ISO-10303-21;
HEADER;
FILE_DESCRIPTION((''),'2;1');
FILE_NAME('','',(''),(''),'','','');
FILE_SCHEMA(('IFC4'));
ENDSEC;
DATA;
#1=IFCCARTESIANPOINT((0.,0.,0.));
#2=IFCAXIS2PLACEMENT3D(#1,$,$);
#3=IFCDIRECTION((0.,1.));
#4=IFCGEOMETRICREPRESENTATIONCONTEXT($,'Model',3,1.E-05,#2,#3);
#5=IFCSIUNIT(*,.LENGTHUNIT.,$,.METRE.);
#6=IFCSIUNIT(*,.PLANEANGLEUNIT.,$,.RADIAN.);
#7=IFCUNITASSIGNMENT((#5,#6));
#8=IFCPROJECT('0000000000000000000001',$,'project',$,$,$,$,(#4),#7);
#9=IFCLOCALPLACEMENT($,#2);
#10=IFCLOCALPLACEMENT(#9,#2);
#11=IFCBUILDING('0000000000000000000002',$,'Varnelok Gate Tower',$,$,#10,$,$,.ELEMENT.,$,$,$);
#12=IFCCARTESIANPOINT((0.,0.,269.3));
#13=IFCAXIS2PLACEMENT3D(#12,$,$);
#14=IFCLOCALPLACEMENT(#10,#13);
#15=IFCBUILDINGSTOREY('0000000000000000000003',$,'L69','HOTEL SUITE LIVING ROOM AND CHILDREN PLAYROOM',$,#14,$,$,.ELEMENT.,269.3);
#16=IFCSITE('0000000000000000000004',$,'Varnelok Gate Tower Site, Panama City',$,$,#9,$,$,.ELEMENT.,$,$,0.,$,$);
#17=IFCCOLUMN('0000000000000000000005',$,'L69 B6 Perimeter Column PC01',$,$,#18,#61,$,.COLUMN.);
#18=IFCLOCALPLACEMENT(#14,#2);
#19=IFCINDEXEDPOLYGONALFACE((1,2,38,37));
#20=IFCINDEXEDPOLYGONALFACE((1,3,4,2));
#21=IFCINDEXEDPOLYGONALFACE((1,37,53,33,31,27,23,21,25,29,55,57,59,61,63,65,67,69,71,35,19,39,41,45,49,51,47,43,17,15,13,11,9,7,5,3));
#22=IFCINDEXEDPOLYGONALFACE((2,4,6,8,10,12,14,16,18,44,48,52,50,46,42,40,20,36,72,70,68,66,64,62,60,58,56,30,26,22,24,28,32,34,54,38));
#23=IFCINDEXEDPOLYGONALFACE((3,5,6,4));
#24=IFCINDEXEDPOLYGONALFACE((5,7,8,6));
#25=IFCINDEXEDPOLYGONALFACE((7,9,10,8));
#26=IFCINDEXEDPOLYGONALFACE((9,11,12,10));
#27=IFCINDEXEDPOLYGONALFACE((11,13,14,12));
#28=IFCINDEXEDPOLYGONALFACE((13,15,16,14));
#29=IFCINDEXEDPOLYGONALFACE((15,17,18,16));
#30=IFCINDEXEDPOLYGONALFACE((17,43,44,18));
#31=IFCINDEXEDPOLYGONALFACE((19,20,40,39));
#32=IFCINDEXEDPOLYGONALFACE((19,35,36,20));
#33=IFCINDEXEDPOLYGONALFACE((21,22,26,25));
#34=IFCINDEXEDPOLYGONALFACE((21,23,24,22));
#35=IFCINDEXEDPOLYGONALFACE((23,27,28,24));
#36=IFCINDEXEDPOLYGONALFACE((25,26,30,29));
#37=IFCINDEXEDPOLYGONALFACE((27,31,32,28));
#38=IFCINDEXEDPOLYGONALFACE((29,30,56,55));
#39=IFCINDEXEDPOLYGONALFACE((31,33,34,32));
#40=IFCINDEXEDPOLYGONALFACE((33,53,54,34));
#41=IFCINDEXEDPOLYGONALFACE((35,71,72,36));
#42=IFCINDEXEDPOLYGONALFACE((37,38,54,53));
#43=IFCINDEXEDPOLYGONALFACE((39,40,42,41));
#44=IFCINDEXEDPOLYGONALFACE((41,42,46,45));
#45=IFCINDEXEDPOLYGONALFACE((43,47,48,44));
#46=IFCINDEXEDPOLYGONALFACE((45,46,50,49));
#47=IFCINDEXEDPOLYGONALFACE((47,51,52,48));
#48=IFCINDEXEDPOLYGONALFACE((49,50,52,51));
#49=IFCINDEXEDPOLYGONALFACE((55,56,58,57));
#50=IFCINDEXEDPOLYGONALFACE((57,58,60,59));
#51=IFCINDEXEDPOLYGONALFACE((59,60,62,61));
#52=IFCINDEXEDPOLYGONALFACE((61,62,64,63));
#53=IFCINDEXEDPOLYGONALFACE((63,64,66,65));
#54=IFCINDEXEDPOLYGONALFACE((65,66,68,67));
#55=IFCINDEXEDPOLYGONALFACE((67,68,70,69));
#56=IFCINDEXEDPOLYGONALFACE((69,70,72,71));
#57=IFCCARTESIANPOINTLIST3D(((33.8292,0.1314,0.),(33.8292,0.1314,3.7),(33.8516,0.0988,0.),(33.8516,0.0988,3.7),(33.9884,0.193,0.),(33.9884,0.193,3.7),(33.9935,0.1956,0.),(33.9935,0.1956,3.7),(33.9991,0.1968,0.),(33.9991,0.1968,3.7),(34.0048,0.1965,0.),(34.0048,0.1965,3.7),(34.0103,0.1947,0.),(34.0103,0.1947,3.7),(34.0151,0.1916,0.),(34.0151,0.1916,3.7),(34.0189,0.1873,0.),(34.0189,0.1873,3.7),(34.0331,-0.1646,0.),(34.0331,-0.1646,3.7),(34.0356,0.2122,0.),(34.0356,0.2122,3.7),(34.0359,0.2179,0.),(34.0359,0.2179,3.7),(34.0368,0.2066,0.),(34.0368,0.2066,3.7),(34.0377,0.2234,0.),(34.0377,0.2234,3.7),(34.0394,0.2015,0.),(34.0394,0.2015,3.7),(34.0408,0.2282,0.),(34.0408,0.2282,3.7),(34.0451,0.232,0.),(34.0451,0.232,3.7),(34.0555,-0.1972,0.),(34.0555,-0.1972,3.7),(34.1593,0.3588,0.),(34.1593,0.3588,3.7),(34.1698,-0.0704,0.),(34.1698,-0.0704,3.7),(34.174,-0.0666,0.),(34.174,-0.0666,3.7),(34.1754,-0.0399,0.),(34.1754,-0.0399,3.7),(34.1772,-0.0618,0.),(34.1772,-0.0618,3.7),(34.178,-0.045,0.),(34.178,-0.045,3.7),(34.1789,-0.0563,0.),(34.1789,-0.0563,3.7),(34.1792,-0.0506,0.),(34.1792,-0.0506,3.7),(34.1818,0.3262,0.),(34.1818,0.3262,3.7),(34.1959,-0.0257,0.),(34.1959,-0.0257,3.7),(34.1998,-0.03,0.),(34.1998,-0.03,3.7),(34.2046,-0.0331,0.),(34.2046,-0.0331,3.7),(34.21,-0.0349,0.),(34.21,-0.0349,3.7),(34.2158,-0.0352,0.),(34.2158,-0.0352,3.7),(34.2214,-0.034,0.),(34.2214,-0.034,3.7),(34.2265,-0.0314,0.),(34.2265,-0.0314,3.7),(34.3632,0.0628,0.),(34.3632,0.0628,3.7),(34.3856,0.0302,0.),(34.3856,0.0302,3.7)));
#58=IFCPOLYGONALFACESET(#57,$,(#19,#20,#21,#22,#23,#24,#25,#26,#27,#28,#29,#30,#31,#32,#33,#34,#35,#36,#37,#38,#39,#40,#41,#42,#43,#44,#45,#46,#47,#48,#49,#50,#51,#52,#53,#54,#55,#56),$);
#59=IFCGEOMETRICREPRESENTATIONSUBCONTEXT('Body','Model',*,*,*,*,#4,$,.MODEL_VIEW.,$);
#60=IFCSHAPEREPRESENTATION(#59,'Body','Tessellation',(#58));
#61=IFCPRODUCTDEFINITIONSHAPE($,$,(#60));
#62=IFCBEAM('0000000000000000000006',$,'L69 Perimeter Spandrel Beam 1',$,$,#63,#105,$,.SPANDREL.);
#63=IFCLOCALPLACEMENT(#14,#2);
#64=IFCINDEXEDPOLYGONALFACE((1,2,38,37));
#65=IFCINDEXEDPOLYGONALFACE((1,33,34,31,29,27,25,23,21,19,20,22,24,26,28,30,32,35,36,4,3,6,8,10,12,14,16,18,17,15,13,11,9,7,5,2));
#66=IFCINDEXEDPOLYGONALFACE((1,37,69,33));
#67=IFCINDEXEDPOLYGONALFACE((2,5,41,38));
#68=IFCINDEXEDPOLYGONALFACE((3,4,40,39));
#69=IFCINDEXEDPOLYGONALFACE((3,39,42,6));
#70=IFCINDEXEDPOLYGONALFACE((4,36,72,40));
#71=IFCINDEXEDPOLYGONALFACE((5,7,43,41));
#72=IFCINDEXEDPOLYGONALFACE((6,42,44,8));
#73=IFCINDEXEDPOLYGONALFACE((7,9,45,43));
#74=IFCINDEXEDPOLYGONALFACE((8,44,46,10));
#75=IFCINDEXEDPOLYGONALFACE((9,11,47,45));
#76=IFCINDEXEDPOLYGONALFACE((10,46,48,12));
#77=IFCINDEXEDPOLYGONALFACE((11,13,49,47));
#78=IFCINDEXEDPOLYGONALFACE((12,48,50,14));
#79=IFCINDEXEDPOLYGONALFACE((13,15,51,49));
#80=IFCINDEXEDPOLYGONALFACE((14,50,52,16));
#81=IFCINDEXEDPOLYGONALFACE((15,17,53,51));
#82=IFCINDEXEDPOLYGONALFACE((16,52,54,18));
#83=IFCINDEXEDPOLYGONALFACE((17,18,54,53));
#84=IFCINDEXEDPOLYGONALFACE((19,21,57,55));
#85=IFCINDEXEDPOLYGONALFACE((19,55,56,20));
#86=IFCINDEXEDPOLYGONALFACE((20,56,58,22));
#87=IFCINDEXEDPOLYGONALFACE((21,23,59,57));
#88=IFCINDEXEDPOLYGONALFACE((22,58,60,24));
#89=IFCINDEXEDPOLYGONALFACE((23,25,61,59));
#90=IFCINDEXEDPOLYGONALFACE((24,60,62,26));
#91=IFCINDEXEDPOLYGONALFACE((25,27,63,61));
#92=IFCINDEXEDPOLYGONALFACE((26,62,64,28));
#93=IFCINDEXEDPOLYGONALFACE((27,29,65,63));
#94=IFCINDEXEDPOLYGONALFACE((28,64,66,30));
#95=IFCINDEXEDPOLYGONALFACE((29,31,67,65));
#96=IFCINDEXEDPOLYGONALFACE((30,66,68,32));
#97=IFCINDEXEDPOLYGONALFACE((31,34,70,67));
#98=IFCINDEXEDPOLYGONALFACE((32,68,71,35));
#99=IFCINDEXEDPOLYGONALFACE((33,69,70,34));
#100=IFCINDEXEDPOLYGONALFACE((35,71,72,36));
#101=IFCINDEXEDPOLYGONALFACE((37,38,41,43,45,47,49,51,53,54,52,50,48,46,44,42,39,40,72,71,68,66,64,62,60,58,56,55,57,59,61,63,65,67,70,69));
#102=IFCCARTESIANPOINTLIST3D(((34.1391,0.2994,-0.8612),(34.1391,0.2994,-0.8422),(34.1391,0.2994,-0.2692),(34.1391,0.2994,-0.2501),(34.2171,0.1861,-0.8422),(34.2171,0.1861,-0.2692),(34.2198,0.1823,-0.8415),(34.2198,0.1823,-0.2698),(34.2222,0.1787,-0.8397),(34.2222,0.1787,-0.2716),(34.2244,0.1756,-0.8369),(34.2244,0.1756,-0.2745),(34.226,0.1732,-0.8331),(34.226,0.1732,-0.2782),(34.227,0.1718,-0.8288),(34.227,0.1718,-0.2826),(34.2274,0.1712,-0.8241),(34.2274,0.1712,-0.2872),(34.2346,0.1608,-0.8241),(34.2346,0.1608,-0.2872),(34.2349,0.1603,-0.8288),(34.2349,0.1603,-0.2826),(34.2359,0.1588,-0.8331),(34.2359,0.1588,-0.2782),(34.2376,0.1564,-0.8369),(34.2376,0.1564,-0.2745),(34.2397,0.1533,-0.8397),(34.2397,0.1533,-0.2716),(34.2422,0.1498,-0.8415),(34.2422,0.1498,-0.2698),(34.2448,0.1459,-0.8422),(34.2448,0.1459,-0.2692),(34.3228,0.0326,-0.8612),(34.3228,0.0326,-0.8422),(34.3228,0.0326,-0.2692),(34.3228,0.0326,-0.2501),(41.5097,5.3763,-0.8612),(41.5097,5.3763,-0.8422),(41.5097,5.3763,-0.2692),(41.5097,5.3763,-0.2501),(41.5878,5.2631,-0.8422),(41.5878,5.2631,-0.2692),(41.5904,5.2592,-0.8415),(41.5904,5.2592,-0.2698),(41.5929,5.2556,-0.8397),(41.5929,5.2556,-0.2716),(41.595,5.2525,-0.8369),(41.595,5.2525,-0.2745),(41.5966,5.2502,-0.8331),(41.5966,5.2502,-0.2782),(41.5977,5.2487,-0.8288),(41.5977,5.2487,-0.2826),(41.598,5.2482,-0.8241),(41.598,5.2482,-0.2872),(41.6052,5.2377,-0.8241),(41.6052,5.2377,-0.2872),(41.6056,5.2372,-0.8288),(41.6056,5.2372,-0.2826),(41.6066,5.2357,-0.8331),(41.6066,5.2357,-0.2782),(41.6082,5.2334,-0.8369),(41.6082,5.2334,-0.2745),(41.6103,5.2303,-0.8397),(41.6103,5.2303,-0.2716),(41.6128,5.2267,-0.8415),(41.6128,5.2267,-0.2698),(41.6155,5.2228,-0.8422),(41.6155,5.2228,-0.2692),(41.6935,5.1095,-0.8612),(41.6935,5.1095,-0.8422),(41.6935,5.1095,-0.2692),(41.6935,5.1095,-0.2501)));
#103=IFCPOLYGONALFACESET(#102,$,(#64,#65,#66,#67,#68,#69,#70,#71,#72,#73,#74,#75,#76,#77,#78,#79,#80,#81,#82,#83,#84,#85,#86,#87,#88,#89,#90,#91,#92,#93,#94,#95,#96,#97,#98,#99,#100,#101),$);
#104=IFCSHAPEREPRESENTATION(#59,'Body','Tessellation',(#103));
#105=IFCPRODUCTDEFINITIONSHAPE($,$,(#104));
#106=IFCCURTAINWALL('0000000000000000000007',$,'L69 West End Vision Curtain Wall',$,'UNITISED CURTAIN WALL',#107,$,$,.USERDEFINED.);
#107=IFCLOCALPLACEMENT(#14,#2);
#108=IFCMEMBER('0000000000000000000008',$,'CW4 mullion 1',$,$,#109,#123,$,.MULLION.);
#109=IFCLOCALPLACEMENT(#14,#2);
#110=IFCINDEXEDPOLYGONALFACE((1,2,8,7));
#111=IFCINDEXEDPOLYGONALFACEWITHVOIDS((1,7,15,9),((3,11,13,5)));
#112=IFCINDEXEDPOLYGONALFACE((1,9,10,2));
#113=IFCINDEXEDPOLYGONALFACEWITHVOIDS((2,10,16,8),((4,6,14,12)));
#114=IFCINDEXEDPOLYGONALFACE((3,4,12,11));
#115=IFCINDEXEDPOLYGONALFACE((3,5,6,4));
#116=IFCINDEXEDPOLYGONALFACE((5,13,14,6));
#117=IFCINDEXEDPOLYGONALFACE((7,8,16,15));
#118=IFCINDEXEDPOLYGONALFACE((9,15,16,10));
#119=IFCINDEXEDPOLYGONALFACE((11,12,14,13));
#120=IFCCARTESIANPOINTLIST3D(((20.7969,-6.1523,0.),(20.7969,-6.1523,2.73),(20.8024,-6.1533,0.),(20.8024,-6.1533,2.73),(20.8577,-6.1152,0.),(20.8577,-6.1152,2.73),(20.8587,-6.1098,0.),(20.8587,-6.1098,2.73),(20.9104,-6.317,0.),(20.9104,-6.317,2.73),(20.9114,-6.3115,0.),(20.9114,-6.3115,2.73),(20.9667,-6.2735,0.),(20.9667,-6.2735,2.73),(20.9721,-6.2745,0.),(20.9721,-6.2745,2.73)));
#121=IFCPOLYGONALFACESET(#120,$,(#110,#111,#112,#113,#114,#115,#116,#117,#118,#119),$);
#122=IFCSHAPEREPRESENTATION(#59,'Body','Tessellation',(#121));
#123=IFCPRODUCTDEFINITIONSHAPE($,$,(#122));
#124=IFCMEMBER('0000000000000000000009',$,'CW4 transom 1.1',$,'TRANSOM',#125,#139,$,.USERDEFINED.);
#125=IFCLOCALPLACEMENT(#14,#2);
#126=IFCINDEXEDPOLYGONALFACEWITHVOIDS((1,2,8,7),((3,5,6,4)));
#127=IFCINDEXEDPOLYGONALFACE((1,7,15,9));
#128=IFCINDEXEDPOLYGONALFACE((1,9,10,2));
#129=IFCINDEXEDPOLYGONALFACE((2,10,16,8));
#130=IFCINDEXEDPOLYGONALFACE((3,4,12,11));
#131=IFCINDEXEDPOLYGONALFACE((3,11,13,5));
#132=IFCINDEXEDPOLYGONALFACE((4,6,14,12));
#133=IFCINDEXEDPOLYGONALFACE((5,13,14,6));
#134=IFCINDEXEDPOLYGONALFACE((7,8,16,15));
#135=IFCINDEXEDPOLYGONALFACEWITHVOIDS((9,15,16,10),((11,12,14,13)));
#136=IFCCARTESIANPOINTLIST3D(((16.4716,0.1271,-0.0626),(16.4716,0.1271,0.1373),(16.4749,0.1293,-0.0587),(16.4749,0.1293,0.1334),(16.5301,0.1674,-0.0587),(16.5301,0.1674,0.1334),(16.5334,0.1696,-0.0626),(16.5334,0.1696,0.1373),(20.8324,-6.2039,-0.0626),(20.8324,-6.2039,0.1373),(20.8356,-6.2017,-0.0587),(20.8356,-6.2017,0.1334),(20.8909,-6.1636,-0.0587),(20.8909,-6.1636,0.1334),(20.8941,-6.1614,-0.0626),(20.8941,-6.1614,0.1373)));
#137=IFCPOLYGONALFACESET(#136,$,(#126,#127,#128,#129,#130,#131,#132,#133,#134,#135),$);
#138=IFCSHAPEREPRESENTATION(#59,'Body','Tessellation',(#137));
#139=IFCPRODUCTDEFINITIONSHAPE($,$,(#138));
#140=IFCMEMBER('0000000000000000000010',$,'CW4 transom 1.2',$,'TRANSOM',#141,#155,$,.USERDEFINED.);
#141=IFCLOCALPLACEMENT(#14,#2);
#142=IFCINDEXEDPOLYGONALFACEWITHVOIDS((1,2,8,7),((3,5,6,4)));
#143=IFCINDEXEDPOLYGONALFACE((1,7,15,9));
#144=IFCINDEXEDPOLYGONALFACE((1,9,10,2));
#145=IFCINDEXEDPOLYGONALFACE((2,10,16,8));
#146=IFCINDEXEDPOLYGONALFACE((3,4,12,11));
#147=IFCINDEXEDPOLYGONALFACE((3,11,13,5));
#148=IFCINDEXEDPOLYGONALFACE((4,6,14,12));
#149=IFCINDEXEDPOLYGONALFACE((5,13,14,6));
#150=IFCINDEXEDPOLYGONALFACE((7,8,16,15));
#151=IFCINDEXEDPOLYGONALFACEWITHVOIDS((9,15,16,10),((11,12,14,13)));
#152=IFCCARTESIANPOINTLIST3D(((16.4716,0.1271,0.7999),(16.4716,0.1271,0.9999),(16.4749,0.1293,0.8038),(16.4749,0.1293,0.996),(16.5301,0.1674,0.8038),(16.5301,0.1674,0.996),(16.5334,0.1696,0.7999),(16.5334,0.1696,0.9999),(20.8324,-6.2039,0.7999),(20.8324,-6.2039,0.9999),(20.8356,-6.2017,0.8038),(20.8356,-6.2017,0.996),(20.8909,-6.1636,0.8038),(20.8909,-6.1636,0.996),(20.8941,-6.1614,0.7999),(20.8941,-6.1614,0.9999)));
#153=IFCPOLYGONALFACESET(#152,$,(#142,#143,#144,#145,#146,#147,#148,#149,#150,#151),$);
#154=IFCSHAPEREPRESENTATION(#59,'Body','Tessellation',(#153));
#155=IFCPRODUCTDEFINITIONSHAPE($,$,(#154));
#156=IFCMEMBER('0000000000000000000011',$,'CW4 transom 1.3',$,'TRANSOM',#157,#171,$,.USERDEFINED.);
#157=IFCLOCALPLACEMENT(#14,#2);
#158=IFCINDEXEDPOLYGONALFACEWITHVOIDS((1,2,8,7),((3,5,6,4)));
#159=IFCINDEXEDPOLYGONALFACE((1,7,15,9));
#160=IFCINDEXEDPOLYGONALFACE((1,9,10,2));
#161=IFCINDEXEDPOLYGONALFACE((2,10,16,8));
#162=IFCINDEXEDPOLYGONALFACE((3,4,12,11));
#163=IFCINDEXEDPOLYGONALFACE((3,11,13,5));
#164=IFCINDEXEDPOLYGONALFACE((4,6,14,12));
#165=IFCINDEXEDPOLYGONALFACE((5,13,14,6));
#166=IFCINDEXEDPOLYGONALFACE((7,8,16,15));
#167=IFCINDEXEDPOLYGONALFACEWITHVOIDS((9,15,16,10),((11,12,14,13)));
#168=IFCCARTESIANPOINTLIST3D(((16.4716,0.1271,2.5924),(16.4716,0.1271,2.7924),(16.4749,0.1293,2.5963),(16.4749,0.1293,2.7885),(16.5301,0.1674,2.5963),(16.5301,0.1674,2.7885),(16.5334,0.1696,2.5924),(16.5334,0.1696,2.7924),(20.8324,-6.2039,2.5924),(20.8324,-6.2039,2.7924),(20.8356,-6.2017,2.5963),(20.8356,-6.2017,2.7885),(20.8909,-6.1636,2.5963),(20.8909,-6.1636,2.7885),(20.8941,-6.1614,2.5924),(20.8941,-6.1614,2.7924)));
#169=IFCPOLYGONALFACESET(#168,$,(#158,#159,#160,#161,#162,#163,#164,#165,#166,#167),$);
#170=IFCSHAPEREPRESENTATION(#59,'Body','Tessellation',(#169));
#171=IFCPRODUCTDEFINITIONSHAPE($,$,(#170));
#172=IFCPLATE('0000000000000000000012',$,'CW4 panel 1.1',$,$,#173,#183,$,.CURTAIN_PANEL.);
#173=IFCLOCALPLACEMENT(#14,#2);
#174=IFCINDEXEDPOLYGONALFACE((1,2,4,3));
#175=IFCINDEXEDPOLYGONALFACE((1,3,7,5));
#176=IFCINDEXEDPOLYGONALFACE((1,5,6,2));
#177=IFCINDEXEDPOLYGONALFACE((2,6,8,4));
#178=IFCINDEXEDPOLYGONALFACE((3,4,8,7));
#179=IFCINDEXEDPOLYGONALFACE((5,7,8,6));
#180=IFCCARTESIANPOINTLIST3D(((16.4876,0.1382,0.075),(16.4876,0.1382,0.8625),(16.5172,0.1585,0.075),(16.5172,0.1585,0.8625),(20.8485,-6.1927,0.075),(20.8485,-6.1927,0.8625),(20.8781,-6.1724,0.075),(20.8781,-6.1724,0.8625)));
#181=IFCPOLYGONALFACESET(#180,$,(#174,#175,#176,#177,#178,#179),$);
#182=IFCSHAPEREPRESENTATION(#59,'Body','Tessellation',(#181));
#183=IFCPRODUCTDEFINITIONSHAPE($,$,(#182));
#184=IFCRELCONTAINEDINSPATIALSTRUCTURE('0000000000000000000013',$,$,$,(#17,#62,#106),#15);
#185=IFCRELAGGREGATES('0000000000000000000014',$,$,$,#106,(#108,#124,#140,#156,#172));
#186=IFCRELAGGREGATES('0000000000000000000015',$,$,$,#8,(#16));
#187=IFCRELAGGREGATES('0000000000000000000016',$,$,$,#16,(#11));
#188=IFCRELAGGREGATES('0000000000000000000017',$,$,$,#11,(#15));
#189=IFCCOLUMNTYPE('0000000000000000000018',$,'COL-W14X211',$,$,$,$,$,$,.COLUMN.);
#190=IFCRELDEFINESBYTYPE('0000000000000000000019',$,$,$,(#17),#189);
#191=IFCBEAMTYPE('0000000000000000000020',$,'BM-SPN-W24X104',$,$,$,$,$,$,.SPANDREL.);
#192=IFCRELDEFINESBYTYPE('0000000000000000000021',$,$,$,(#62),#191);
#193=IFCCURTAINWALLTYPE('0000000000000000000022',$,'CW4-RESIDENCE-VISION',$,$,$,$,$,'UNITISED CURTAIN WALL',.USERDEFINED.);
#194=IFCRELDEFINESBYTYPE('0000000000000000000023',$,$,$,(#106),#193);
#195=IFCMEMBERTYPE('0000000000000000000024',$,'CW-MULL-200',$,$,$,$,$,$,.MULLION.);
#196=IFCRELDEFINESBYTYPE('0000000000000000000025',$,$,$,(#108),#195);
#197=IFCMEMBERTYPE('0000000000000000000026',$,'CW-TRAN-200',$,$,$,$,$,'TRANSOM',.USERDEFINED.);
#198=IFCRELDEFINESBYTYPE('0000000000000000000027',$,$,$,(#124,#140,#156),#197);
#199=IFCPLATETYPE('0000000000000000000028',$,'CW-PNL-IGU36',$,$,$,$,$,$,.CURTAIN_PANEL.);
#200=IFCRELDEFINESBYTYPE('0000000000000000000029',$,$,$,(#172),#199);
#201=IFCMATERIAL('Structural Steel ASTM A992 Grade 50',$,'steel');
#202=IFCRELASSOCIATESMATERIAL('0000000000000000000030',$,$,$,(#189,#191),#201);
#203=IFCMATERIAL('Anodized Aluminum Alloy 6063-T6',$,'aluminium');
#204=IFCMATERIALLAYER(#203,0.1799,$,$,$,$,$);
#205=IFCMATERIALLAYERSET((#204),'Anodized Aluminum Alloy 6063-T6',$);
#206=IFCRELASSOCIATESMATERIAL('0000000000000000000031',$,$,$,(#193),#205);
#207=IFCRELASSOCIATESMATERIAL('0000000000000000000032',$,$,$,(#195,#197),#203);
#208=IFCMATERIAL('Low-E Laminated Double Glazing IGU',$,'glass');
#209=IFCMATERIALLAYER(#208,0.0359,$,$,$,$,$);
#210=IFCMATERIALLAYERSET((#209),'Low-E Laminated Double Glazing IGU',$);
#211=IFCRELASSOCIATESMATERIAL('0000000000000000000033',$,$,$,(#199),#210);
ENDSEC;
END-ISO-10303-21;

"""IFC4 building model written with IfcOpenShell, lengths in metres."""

from ifc_helpers import new_model, si_unit, direction, frame, origin, origin_2d, place, context, subcontext, project, spatial, rectangle, hollow_rectangle, i_section, extrude, source, transform, mapped, material, layer, layer_set, material_profile, profile_set, type_object, element, aggregate, save


model = new_model("IFC4")

# Units and contexts
model_context = context("Model", 3, precision=1e-05, world=origin(), true_north=direction((0.0, 1.0)))
body_context = subcontext(model_context, "Body", "Model", "MODEL_VIEW")
ifc_project = project(units=[si_unit("LENGTHUNIT", "METRE"), si_unit("PLANEANGLEUNIT", "RADIAN")], contexts=[model_context])

# Site, building, storey
site_placement = place(None, origin())
site = spatial("IfcSite", under=ifc_project, at=site_placement, Name="Varnelok Gate Tower Site, Panama City", CompositionType="ELEMENT", RefElevation=0.0)
building_placement = place(site_placement, origin())
building = spatial("IfcBuilding", under=site, at=building_placement, Name="Varnelok Gate Tower", CompositionType="ELEMENT")
storey_placement = place(building_placement, frame((0.0, 0.0, 269.3)))
storey = spatial("IfcBuildingStorey", under=building, at=storey_placement, Name="L69", Description="HOTEL SUITE LIVING ROOM AND CHILDREN PLAYROOM", CompositionType="ELEMENT", Elevation=269.3)

# Column
ifc_material_1 = material(Name="Structural Steel ASTM A992 Grade 50", Category="steel")
ifc_material_profile_1 = material_profile(ifc_material_1, i_section(OverallWidth=0.4009, OverallDepth=0.3989, WebThickness=0.0249, FlangeThickness=0.0396, FilletRadius=0.022, at=origin_2d()), Name="W14X211")
ifc_profile_set_1 = profile_set([ifc_material_profile_1], Name="Structural Steel ASTM A992 Grade 50")
column_type = type_object("IfcColumnType", Name="COL-W14X211", PredefinedType="COLUMN", material=ifc_profile_set_1)
column_placement = place(storey_placement, frame((34.1074, 0.0808, 0.0), z_axis=(0.0, 0.0, 1.0), x_axis=(0.823533, 0.567269, 0.0)))
element("IfcColumn", 1, at=column_placement, inside=storey, type_object=column_type, Name="L69 B6 Perimeter Column PC01", PredefinedType="COLUMN", context=body_context, shape_type="SweptSolid", body=[
    extrude(i_section(OverallWidth=0.4009, OverallDepth=0.3989, WebThickness=0.0249, FlangeThickness=0.0396, FilletRadius=0.022, at=origin_2d()), origin(), (0.0, 0.0, 1.0), 3.7),
])

# Beam
ifc_material_profile_2 = material_profile(ifc_material_1, i_section(OverallWidth=0.324, OverallDepth=0.6111, WebThickness=0.0127, FlangeThickness=0.019, FilletRadius=0.0181, at=origin_2d()), Name="W24X104")
ifc_profile_set_2 = profile_set([ifc_material_profile_2], Name="Structural Steel ASTM A992 Grade 50")
beam_type = type_object("IfcBeamType", Name="BM-SPN-W24X104", PredefinedType="SPANDREL", material=ifc_profile_set_2)
beam_placement = place(storey_placement, frame((34.231, 0.166, -0.5557), z_axis=(0.82354, 0.567258, 0.0), x_axis=(-0.567258, 0.82354, 0.0)))
element("IfcBeam", 2, at=beam_placement, inside=storey, type_object=beam_type, Name="L69 Perimeter Spandrel Beam 1", PredefinedType="SPANDREL", context=body_context, shape_type="SweptSolid", body=[
    extrude(i_section(OverallWidth=0.324, OverallDepth=0.6111, WebThickness=0.0127, FlangeThickness=0.019, FilletRadius=0.0181, at=origin_2d()), origin(), (0.0, 0.0, 1.0), 8.95),
])

# Curtain wall, members, plate
ifc_material_2 = material(Name="Anodized Aluminum Alloy 6063-T6", Category="aluminium")
ifc_layer_1 = layer(ifc_material_2, 0.1799)
ifc_layer_set_1 = layer_set([ifc_layer_1], Name="Anodized Aluminum Alloy 6063-T6")
curtain_wall_type = type_object("IfcCurtainWallType", Name="CW4-RESIDENCE-VISION", ElementType="UNITISED CURTAIN WALL", PredefinedType="USERDEFINED", material=ifc_layer_set_1)
curtain_wall_placement = place(storey_placement, origin())
curtain_wall = element("IfcCurtainWall", 3, at=curtain_wall_placement, inside=storey, type_object=curtain_wall_type, Name="L69 West End Vision Curtain Wall", ObjectType="UNITISED CURTAIN WALL", PredefinedType="USERDEFINED")
ifc_material_profile_3 = material_profile(ifc_material_2, hollow_rectangle(XDim=0.075, YDim=0.2, WallThickness=0.0039, at=origin_2d()), Name="ALU200X75X4")
ifc_profile_set_3 = profile_set([ifc_material_profile_3], Name="Anodized Aluminum Alloy 6063-T6")
member_type_1 = type_object("IfcMemberType", Name="CW-MULL-200", PredefinedType="MULLION", material=ifc_profile_set_3)
member_1_placement = place(storey_placement, frame((20.8845, -6.2134, 0.0), z_axis=(0.0, 0.0, 1.0), x_axis=(-0.823532, -0.567269, 0.0)))
member_1 = element("IfcMember", 4, at=member_1_placement, type_object=member_type_1, Name="CW4 mullion 1", PredefinedType="MULLION", context=body_context, shape_type="SweptSolid", body=[
    extrude(hollow_rectangle(XDim=0.075, YDim=0.2, WallThickness=0.0039, at=origin_2d()), origin(), (0.0, 0.0, 1.0), 2.73),
])
ifc_material_profile_4 = material_profile(ifc_material_2, hollow_rectangle(XDim=0.075, YDim=0.2, WallThickness=0.0039, at=origin_2d()), Name="ALU200X75X4")
ifc_profile_set_4 = profile_set([ifc_material_profile_4], Name="Anodized Aluminum Alloy 6063-T6")
member_type_2 = type_object("IfcMemberType", Name="CW-TRAN-200", ElementType="TRANSOM", PredefinedType="USERDEFINED", material=ifc_profile_set_4)
member_2_placement = place(storey_placement, frame((20.8633, -6.1826, 0.0374), z_axis=(-0.567256, 0.823541, 0.0), x_axis=(-0.823541, -0.567256, 0.0)))
member_2 = element("IfcMember", 5, at=member_2_placement, type_object=member_type_2, Name="CW4 transom 1.1", ObjectType="TRANSOM", PredefinedType="USERDEFINED", context=body_context, shape_type="SweptSolid", body=[
    extrude(hollow_rectangle(XDim=0.075, YDim=0.2, WallThickness=0.0039, at=origin_2d()), origin(), (0.0, 0.0, 1.0), 7.6875),
])
member_3_placement = place(storey_placement, frame((20.8633, -6.1826, 0.8999), z_axis=(-0.567256, 0.823541, 0.0), x_axis=(-0.823541, -0.567256, 0.0)))
member_3 = element("IfcMember", 6, at=member_3_placement, type_object=member_type_2, Name="CW4 transom 1.2", ObjectType="TRANSOM", PredefinedType="USERDEFINED", context=body_context, shape_type="SweptSolid", body=[
    extrude(hollow_rectangle(XDim=0.075, YDim=0.2, WallThickness=0.0039, at=origin_2d()), origin(), (0.0, 0.0, 1.0), 7.6875),
])
member_4_placement = place(storey_placement, frame((20.8633, -6.1826, 2.6924), z_axis=(-0.567256, 0.823541, 0.0), x_axis=(-0.823541, -0.567256, 0.0)))
member_4 = element("IfcMember", 7, at=member_4_placement, type_object=member_type_2, Name="CW4 transom 1.3", ObjectType="TRANSOM", PredefinedType="USERDEFINED", context=body_context, shape_type="SweptSolid", body=[
    extrude(hollow_rectangle(XDim=0.075, YDim=0.2, WallThickness=0.0039, at=origin_2d()), origin(), (0.0, 0.0, 1.0), 7.6875),
])
ifc_material_3 = material(Name="Low-E Laminated Double Glazing IGU", Category="glass")
ifc_layer_2 = layer(ifc_material_3, 0.0359)
ifc_layer_set_2 = layer_set([ifc_layer_2], Name="Low-E Laminated Double Glazing IGU")
plate_type = type_object("IfcPlateType", Name="CW-PNL-IGU36", PredefinedType="CURTAIN_PANEL", material=ifc_layer_set_2)
shared_shape_1 = source(origin(), body_context, "Body", "SweptSolid", [
    extrude(rectangle(XDim=7.6875, YDim=0.0359, at=origin_2d()), origin(), (0.0, 0.0, 1.0), 0.7876),
])
plate_1_placement = place(storey_placement, frame((18.6829, -3.0171, 0.075), z_axis=(0.0, 0.0, 1.0), x_axis=(-0.567269, 0.823532, 0.0)))
plate_1 = element("IfcPlate", 8, at=plate_1_placement, type_object=plate_type, Name="CW4 panel 1.1", PredefinedType="CURTAIN_PANEL", context=body_context, shape_type="MappedRepresentation", body=[
    mapped(shared_shape_1, transform((0.0, 0.0, 0.0), scale=1.0)),
])
aggregate(curtain_wall, [member_1, member_2, member_3, member_4, plate_1])

save(model, "model.ifc")
